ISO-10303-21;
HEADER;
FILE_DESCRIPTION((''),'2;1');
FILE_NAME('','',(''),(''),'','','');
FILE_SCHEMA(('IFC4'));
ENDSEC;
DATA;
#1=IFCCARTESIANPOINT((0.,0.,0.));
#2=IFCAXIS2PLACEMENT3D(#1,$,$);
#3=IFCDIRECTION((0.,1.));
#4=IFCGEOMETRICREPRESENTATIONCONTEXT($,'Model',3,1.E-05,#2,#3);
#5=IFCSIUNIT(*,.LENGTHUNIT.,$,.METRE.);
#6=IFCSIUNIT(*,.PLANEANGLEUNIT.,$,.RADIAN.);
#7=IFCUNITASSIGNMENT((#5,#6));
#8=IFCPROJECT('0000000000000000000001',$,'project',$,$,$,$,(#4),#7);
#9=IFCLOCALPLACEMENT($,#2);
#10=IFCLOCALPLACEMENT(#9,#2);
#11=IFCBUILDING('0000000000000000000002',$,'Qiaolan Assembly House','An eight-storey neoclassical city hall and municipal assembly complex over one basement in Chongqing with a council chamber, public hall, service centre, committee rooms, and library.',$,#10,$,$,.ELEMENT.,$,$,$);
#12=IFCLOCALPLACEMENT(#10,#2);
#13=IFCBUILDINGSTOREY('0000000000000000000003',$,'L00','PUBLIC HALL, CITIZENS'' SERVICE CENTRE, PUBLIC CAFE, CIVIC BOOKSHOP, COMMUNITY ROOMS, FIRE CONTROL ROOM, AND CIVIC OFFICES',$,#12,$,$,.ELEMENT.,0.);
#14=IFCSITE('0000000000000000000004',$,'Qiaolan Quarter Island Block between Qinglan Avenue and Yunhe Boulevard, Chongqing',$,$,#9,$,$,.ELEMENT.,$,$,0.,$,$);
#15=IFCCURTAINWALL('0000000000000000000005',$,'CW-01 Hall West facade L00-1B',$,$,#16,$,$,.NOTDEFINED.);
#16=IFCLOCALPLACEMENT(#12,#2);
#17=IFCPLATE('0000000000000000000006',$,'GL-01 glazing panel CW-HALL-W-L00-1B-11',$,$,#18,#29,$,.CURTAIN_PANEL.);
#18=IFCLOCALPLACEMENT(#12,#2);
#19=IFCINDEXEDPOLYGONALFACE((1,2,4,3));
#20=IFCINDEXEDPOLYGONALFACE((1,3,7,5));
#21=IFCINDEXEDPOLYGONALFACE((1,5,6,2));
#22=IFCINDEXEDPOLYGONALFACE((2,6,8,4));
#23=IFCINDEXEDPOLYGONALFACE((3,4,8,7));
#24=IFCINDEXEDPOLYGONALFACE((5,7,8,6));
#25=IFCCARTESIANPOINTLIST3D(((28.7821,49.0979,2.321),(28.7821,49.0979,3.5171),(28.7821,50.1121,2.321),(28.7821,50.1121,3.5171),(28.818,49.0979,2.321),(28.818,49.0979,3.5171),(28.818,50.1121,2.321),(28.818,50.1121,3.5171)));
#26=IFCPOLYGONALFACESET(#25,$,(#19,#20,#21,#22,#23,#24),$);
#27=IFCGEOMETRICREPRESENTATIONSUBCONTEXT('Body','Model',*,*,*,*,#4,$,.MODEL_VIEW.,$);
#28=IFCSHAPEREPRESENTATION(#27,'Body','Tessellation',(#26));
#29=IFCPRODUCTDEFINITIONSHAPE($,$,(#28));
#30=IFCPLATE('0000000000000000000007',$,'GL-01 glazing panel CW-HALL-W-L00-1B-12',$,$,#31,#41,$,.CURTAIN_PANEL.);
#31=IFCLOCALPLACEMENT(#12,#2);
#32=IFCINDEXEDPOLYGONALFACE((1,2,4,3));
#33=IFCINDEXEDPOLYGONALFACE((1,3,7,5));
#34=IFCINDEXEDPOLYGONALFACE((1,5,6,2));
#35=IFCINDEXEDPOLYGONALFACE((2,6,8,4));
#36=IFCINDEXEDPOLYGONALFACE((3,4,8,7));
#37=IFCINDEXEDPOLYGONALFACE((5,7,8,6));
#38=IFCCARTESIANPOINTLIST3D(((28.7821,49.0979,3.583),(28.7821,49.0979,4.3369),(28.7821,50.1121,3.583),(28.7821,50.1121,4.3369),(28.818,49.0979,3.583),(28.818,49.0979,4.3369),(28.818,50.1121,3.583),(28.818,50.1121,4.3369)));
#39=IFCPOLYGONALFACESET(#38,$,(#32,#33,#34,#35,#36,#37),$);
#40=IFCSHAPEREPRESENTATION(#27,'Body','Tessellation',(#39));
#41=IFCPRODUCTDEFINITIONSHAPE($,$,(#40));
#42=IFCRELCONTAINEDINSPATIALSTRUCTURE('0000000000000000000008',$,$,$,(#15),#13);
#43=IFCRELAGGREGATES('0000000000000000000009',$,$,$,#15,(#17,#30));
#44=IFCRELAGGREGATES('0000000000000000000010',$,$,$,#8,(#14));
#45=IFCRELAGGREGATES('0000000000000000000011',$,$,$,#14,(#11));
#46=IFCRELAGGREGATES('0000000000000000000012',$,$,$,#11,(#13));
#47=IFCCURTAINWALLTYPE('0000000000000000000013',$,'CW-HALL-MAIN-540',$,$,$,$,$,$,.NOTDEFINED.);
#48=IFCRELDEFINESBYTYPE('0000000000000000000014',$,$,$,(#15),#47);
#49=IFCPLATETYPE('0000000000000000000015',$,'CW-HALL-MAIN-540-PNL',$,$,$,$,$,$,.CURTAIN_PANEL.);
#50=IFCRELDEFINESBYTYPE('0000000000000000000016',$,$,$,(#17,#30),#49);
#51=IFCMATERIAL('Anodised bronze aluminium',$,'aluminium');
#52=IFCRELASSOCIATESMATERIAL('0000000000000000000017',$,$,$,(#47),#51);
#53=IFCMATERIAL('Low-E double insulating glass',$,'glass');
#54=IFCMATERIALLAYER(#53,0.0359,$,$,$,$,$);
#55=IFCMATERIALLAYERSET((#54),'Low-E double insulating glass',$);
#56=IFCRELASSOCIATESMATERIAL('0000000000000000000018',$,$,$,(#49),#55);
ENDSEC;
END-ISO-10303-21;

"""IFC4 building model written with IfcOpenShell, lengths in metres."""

from ifc_helpers import new_model, si_unit, direction, frame, frame_2d, origin, place, context, subcontext, project, spatial, rectangle, extrude, material, layer, layer_set, type_object, element, aggregate, save


model = new_model("IFC4")

# Units and contexts
model_context = context("Model", 3, precision=1e-05, world=origin(), true_north=direction((0.0, 1.0)))
body_context = subcontext(model_context, "Body", "Model", "MODEL_VIEW")
ifc_project = project(units=[si_unit("LENGTHUNIT", "METRE"), si_unit("PLANEANGLEUNIT", "RADIAN")], contexts=[model_context])

# Site, building, storey
site_placement = place(None, origin())
site = spatial("IfcSite", under=ifc_project, at=site_placement, Name="Qiaolan Quarter Island Block between Qinglan Avenue and Yunhe Boulevard, Chongqing", CompositionType="ELEMENT", RefElevation=0.0)
building_placement = place(site_placement, origin())
building = spatial("IfcBuilding", under=site, at=building_placement, Name="Qiaolan Assembly House", Description="An eight-storey neoclassical city hall and municipal assembly complex over one basement in Chongqing with a council chamber, public hall, service centre, committee rooms, and library.", CompositionType="ELEMENT")
storey_placement = place(building_placement, origin())
storey = spatial("IfcBuildingStorey", under=building, at=storey_placement, Name="L00", Description="PUBLIC HALL, CITIZENS' SERVICE CENTRE, PUBLIC CAFE, CIVIC BOOKSHOP, COMMUNITY ROOMS, FIRE CONTROL ROOM, AND CIVIC OFFICES", CompositionType="ELEMENT", Elevation=0.0)

# Curtain wall, plates
ifc_material_1 = material(Name="Anodised bronze aluminium", Category="aluminium")
curtain_wall_type = type_object("IfcCurtainWallType", Name="CW-HALL-MAIN-540", PredefinedType="NOTDEFINED", material=ifc_material_1)
curtain_wall_placement = place(storey_placement, origin())
curtain_wall = element("IfcCurtainWall", 1, at=curtain_wall_placement, inside=storey, type_object=curtain_wall_type, Name="CW-01 Hall West facade L00-1B", PredefinedType="NOTDEFINED")
ifc_material_2 = material(Name="Low-E double insulating glass", Category="glass")
ifc_layer = layer(ifc_material_2, 0.0359)
ifc_layer_set = layer_set([ifc_layer], Name="Low-E double insulating glass")
plate_type = type_object("IfcPlateType", Name="CW-HALL-MAIN-540-PNL", PredefinedType="CURTAIN_PANEL", material=ifc_layer_set)
plate_1_placement = place(storey_placement, frame((28.8, 49.0979, 2.321), z_axis=(0.0, 0.0, 1.0), x_axis=(0.0, 1.0, 0.0)))
plate_1 = element("IfcPlate", 2, at=plate_1_placement, type_object=plate_type, Name="GL-01 glazing panel CW-HALL-W-L00-1B-11", PredefinedType="CURTAIN_PANEL", context=body_context, shape_type="SweptSolid", body=[
    extrude(rectangle(XDim=1.0142, YDim=0.0359, at=frame_2d((0.5071, 0.0))), origin(), (0.0, 0.0, 1.0), 1.196),
])
plate_2_placement = place(storey_placement, frame((28.8, 49.0979, 3.583), z_axis=(0.0, 0.0, 1.0), x_axis=(0.0, 1.0, 0.0)))
plate_2 = element("IfcPlate", 3, at=plate_2_placement, type_object=plate_type, Name="GL-01 glazing panel CW-HALL-W-L00-1B-12", PredefinedType="CURTAIN_PANEL", context=body_context, shape_type="SweptSolid", body=[
    extrude(rectangle(XDim=1.0142, YDim=0.0359, at=frame_2d((0.5071, 0.0))), origin(), (0.0, 0.0, 1.0), 0.7539),
])
aggregate(curtain_wall, [plate_1, plate_2])

save(model, "model.ifc")
